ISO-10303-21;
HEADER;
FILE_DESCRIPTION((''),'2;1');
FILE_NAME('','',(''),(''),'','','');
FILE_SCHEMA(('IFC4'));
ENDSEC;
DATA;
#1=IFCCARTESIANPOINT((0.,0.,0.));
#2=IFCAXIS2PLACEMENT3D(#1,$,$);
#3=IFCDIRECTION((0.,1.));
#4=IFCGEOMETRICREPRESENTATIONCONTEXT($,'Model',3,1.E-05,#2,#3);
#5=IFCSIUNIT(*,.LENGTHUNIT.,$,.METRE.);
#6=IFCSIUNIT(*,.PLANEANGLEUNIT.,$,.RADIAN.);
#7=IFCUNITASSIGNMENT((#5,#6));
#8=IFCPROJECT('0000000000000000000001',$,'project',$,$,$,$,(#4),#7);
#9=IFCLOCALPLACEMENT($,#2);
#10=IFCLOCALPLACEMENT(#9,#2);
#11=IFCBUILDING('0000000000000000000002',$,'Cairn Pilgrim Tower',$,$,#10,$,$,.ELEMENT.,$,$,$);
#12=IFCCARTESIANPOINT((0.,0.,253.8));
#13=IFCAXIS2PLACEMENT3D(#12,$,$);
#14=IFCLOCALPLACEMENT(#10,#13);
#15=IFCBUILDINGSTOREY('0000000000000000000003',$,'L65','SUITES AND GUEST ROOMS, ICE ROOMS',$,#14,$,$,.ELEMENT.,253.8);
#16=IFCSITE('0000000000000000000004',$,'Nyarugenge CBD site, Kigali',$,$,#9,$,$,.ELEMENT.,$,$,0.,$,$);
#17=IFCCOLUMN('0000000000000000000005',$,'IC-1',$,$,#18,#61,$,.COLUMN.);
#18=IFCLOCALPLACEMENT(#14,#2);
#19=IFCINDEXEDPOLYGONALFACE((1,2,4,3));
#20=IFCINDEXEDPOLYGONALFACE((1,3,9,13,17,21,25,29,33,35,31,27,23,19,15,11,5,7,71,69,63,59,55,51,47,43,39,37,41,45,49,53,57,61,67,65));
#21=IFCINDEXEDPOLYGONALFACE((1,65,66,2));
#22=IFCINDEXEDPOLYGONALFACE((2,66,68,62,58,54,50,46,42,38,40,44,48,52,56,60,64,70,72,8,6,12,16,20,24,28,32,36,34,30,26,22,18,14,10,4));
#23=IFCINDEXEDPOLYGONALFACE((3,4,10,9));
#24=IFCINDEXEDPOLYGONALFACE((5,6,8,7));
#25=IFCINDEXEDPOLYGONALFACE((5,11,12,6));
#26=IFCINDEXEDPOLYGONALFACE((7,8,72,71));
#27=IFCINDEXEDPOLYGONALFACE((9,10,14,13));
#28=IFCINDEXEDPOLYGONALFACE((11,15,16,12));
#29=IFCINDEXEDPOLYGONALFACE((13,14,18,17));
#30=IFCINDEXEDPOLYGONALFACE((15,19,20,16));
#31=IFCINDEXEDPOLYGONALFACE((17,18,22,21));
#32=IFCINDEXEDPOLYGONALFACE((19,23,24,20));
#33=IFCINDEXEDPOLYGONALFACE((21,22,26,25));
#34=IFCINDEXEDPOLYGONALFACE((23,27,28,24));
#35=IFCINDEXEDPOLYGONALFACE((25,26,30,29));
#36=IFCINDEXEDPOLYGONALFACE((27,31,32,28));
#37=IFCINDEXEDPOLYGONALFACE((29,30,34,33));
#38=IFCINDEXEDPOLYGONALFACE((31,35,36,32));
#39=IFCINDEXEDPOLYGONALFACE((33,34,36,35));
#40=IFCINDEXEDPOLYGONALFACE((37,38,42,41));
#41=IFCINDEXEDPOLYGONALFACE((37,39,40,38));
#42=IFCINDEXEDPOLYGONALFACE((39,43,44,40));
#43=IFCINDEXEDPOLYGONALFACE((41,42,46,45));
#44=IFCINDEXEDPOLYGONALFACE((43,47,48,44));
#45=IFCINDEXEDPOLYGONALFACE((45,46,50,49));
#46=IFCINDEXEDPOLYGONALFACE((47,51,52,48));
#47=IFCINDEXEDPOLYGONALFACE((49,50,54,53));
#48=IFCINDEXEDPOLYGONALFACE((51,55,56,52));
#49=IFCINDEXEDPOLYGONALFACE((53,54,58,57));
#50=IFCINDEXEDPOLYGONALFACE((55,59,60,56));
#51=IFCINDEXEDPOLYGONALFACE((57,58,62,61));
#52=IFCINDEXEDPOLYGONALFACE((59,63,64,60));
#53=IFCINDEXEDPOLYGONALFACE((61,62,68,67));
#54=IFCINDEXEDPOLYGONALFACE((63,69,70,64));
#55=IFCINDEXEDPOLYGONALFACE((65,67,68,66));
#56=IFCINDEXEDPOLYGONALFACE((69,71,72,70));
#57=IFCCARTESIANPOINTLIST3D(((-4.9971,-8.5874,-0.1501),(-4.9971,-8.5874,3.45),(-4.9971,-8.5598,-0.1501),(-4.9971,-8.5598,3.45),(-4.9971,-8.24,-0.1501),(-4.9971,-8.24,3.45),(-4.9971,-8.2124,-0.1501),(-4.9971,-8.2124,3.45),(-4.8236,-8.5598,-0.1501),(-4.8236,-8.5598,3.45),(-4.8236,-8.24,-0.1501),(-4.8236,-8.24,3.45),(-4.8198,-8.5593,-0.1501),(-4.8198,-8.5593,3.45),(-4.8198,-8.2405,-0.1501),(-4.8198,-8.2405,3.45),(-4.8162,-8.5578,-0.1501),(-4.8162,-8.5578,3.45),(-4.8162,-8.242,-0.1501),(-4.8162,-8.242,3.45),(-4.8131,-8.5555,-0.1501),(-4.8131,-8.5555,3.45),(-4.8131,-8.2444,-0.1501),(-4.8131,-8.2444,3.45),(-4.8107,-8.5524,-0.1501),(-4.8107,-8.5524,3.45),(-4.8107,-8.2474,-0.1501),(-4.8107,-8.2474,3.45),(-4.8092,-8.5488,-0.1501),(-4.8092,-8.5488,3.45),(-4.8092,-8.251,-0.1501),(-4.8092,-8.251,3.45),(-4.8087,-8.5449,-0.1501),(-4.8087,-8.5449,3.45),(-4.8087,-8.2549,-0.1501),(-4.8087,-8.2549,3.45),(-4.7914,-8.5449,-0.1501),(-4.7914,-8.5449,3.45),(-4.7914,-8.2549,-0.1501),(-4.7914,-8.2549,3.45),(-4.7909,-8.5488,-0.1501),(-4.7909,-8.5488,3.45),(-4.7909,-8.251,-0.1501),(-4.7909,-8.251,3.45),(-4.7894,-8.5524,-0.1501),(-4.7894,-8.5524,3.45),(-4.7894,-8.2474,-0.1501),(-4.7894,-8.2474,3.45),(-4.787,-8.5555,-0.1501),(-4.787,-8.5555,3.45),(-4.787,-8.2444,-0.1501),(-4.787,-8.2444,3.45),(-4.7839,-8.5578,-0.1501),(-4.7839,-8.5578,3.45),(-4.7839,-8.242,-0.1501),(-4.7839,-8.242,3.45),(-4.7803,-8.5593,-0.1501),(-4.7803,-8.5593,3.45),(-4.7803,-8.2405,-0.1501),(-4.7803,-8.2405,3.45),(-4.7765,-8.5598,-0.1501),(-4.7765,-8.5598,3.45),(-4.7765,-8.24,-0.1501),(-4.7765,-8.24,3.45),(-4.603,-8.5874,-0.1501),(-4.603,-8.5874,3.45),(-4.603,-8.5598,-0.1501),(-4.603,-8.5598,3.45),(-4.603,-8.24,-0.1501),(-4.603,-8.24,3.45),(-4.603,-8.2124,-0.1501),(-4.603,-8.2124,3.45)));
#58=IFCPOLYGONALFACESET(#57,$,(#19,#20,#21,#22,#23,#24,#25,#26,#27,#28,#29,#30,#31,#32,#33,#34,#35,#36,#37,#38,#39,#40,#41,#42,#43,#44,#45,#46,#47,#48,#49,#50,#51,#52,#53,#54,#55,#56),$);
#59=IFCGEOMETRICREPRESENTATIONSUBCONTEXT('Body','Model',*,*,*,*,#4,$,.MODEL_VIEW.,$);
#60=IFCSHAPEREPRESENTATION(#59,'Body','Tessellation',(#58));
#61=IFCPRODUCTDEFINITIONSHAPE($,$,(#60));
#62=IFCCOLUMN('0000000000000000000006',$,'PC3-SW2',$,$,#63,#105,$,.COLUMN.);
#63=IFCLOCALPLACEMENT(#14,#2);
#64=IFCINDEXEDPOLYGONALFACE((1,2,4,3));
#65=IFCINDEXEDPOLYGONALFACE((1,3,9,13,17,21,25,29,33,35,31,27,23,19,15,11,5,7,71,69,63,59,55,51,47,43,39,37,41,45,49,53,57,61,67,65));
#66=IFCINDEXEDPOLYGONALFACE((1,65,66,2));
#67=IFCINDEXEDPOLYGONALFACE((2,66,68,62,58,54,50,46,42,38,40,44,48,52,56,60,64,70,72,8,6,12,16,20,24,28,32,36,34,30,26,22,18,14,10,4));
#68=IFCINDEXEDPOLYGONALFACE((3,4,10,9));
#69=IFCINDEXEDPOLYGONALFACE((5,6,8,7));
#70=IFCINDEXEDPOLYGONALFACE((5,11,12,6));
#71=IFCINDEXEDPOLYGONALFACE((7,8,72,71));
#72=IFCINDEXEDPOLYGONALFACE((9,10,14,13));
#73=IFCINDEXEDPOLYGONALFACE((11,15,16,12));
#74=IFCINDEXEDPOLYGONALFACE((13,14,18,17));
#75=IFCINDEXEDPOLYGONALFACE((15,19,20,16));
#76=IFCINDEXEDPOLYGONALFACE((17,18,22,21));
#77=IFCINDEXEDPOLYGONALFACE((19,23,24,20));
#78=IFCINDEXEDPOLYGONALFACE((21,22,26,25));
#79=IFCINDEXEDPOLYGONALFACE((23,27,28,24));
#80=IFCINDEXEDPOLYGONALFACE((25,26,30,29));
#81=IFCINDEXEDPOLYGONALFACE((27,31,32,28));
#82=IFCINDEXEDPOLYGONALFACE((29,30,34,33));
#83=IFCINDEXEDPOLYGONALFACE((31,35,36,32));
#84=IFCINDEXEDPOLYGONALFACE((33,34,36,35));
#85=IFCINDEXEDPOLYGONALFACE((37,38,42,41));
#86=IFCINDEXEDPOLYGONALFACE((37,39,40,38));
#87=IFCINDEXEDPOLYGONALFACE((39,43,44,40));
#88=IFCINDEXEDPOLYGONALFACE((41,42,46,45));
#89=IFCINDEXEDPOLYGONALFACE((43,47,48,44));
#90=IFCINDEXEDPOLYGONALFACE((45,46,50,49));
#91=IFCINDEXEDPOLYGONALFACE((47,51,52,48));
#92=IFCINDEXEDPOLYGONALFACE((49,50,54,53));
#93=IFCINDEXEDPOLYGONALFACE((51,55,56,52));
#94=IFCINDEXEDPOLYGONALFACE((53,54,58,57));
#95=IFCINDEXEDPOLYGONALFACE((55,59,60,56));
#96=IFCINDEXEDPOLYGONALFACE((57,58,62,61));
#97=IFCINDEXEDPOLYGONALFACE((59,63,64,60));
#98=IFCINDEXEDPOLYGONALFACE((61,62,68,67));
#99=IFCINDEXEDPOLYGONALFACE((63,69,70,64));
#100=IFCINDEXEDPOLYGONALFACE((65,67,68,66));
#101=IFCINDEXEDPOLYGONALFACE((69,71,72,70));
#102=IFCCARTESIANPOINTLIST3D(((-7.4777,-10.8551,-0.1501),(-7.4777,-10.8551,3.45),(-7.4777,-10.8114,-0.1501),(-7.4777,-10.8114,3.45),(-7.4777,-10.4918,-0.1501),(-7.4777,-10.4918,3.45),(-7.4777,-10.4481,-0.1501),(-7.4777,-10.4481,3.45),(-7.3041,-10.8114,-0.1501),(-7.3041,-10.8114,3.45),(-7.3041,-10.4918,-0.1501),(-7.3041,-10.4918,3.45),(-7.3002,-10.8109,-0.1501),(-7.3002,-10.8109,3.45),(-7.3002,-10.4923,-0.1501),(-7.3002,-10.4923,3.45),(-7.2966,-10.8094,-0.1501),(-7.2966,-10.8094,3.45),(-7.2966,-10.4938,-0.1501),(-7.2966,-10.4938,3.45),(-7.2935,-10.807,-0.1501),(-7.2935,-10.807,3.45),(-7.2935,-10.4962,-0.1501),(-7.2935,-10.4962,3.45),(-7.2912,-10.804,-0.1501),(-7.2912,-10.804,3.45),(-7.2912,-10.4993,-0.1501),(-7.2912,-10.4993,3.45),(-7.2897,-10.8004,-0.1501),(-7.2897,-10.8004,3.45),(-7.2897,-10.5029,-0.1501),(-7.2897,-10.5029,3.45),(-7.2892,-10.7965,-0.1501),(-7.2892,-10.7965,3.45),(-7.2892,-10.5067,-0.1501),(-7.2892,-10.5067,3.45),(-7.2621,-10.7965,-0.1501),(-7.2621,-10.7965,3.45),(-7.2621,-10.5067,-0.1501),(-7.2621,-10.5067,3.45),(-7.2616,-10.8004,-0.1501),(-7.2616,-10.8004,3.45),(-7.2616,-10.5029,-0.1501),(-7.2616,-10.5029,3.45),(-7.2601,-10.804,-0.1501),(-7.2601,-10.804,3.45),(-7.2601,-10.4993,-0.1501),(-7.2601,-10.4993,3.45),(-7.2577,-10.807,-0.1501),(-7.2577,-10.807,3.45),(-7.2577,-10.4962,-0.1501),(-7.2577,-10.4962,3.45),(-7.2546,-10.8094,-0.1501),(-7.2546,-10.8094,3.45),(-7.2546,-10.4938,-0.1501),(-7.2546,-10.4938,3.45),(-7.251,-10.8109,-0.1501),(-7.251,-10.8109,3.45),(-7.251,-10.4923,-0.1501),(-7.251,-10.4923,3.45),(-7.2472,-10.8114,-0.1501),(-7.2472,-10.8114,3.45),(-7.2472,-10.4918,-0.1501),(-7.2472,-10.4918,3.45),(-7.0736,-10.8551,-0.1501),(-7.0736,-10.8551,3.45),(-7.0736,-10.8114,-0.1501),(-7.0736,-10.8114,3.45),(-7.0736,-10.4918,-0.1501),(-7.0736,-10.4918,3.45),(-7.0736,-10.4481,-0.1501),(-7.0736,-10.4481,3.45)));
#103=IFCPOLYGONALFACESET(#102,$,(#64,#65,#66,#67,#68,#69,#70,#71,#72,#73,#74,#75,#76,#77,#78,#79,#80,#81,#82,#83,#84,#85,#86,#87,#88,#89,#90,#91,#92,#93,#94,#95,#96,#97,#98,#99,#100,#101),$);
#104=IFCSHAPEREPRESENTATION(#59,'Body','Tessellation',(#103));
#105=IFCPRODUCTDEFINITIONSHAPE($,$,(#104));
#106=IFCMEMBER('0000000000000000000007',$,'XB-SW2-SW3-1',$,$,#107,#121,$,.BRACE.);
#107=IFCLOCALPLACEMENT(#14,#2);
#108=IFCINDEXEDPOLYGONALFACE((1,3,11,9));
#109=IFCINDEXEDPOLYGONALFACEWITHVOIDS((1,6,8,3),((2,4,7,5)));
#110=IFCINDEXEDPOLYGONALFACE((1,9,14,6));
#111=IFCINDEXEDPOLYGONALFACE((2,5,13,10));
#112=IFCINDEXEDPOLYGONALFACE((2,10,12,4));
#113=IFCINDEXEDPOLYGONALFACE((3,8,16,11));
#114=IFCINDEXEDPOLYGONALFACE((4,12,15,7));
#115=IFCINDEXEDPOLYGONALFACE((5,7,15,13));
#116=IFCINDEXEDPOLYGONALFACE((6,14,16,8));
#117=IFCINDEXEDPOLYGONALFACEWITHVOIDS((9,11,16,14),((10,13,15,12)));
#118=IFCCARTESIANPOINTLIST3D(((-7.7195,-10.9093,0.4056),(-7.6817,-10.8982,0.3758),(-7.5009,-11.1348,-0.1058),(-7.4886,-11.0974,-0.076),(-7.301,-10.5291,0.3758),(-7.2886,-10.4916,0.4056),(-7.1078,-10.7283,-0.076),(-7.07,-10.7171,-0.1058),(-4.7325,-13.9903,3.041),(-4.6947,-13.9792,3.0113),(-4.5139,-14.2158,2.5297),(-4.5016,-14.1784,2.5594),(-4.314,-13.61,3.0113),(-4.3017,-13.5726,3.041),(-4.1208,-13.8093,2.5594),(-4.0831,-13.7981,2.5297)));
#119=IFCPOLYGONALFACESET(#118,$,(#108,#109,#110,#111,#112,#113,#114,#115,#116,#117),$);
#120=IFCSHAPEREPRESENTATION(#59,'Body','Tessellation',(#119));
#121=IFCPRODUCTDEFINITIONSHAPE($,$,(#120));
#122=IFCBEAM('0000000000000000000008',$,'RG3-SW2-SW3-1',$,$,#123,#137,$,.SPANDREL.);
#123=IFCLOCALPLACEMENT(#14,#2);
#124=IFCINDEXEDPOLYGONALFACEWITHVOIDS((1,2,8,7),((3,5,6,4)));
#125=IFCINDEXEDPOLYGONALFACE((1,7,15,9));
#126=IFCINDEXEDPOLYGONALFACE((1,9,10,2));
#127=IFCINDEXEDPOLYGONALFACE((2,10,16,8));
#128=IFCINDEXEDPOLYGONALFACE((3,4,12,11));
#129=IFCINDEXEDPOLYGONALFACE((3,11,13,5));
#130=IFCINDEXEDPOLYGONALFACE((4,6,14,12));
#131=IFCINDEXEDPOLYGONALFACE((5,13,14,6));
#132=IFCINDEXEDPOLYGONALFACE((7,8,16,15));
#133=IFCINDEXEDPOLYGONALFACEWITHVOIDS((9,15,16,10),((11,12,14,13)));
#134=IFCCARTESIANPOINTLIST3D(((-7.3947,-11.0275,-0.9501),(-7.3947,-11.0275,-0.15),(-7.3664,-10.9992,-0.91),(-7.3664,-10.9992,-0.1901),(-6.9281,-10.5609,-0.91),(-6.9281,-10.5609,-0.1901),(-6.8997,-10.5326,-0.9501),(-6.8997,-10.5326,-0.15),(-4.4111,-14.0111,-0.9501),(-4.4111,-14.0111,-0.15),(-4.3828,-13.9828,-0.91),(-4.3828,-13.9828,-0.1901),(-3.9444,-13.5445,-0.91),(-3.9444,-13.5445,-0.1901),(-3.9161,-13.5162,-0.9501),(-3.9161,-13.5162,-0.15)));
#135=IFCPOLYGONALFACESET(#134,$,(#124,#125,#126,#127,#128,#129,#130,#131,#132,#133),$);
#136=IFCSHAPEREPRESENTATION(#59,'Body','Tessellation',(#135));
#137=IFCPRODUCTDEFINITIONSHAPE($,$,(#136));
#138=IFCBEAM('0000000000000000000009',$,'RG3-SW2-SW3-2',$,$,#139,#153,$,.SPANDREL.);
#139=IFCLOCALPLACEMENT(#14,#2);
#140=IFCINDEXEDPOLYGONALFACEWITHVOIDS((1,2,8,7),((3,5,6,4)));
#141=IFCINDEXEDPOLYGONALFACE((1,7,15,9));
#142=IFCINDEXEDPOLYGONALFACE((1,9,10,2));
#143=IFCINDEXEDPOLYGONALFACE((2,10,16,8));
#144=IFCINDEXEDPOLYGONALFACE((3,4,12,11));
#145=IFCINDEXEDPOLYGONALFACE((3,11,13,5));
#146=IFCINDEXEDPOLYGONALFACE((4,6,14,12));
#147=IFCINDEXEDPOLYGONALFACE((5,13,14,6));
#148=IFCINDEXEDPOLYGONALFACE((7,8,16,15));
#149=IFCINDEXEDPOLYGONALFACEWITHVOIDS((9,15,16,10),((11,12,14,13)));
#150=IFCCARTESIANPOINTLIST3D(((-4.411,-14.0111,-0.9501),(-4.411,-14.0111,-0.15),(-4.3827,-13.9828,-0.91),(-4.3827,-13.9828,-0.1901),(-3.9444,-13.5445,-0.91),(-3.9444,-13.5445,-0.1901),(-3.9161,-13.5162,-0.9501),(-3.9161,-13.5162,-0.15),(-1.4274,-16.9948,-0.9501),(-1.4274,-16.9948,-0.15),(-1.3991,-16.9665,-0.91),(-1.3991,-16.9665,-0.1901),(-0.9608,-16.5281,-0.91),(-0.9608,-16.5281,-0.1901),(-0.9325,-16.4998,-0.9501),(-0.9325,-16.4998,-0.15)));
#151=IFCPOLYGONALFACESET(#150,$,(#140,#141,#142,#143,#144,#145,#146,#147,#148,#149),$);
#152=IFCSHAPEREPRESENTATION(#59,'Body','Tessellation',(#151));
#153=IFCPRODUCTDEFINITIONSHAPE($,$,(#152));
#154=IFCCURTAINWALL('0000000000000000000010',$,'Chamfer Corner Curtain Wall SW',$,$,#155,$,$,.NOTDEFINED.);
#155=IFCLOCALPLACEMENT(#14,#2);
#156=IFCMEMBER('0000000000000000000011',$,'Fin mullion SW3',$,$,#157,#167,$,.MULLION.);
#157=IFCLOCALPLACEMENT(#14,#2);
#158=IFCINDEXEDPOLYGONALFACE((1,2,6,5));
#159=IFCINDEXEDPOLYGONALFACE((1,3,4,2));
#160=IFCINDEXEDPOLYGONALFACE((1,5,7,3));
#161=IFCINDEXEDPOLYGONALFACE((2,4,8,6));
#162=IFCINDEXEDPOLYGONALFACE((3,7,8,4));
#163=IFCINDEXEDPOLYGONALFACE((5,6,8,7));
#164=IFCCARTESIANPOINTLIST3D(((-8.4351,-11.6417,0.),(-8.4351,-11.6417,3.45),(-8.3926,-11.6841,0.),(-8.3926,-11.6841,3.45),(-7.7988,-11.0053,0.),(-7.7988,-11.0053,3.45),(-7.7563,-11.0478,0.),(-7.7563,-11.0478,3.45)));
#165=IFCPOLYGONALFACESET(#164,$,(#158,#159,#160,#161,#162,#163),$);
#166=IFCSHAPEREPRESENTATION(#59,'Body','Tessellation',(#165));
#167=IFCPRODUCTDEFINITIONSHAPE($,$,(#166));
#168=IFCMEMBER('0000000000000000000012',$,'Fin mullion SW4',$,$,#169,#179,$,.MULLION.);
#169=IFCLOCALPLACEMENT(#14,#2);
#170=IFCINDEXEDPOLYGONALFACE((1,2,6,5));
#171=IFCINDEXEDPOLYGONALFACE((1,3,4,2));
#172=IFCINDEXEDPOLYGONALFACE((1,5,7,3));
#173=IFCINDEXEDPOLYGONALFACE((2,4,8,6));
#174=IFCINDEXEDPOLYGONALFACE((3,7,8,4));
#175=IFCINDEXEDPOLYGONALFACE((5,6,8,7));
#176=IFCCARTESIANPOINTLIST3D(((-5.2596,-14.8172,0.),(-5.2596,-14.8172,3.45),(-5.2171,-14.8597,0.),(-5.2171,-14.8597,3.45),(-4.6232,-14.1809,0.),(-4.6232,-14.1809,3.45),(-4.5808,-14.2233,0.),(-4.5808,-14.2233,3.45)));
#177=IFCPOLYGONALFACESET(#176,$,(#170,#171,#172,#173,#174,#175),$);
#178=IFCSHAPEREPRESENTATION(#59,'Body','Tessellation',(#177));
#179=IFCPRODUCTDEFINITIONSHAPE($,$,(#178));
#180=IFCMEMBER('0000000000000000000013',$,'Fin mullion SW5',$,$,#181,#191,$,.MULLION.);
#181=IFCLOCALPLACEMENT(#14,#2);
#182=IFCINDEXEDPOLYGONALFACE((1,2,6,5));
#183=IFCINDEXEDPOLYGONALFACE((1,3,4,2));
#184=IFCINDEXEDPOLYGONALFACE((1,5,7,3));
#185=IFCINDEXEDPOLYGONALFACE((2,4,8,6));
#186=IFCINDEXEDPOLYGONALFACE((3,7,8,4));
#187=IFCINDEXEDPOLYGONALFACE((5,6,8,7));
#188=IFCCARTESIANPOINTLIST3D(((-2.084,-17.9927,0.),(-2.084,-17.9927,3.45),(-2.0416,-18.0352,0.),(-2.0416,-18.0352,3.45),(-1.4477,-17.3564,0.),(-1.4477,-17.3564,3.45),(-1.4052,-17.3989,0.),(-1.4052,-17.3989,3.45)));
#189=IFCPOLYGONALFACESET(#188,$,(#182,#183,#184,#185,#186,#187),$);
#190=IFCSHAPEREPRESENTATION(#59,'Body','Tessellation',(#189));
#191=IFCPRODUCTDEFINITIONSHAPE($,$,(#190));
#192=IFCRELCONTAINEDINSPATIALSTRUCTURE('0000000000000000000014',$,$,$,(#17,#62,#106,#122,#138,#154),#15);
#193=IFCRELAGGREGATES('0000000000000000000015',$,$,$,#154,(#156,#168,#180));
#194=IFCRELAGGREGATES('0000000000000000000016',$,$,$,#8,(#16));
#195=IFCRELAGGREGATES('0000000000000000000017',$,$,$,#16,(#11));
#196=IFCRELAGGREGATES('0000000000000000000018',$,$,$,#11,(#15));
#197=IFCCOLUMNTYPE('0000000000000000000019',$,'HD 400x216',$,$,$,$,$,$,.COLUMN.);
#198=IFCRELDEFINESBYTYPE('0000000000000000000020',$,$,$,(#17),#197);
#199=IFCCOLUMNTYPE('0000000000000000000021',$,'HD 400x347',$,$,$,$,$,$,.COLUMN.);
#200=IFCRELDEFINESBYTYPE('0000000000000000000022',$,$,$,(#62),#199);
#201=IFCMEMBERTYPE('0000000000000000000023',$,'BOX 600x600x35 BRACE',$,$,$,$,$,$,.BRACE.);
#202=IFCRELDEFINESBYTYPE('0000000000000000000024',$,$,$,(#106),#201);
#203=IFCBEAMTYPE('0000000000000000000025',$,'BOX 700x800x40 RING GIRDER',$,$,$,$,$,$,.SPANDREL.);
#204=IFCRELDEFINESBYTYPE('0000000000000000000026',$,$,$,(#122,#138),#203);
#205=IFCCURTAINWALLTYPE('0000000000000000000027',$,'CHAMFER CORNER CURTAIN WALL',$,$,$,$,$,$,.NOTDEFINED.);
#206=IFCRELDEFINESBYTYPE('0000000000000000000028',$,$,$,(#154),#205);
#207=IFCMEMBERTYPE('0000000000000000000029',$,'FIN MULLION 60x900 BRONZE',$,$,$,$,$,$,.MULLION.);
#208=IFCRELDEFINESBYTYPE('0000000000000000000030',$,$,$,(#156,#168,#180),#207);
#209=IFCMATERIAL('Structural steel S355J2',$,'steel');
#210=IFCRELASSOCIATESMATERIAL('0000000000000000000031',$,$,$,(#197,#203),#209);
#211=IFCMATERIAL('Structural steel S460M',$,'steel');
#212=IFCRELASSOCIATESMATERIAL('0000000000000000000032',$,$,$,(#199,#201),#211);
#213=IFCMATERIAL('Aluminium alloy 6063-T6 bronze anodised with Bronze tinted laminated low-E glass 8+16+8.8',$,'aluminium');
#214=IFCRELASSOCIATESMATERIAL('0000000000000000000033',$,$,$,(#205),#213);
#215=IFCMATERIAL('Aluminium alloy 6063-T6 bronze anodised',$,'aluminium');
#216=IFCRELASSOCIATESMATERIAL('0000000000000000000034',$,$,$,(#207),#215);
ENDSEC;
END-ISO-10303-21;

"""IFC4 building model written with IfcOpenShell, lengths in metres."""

from ifc_helpers import new_model, si_unit, direction, frame, origin, origin_2d, place, context, subcontext, project, spatial, rectangle, hollow_rectangle, i_section, extrude, material, material_profile, profile_set, type_object, element, aggregate, save


model = new_model("IFC4")

# Units and contexts
model_context = context("Model", 3, precision=1e-05, world=origin(), true_north=direction((0.0, 1.0)))
body_context = subcontext(model_context, "Body", "Model", "MODEL_VIEW")
ifc_project = project(units=[si_unit("LENGTHUNIT", "METRE"), si_unit("PLANEANGLEUNIT", "RADIAN")], contexts=[model_context])

# Site, building, storey
site_placement = place(None, origin())
site = spatial("IfcSite", under=ifc_project, at=site_placement, Name="Nyarugenge CBD site, Kigali", CompositionType="ELEMENT", RefElevation=0.0)
building_placement = place(site_placement, origin())
building = spatial("IfcBuilding", under=site, at=building_placement, Name="Cairn Pilgrim Tower", CompositionType="ELEMENT")
storey_placement = place(building_placement, frame((0.0, 0.0, 253.8)))
storey = spatial("IfcBuildingStorey", under=building, at=storey_placement, Name="L65", Description="SUITES AND GUEST ROOMS, ICE ROOMS", CompositionType="ELEMENT", Elevation=253.8)

# Columns
ifc_material_1 = material(Name="Structural steel S355J2", Category="steel")
ifc_material_profile_1 = material_profile(ifc_material_1, i_section(OverallWidth=0.394, OverallDepth=0.375, WebThickness=0.0173, FlangeThickness=0.0276, FilletRadius=0.0149, at=origin_2d()), Name="HD 400x216")
ifc_profile_set_1 = profile_set([ifc_material_profile_1], Name="Structural steel S355J2")
column_type_1 = type_object("IfcColumnType", Name="HD 400x216", PredefinedType="COLUMN", material=ifc_profile_set_1)
column_1_placement = place(storey_placement, frame((-4.8, -8.3999, -0.1501), z_axis=(0.0, 0.0, 1.0), x_axis=(1.0, 0.0, 0.0)))
element("IfcColumn", 1, at=column_1_placement, inside=storey, type_object=column_type_1, Name="IC-1", PredefinedType="COLUMN", context=body_context, shape_type="SweptSolid", body=[
    extrude(i_section(OverallWidth=0.394, OverallDepth=0.375, WebThickness=0.0173, FlangeThickness=0.0276, FilletRadius=0.0149, at=origin_2d()), origin(), (0.0, 0.0, 1.0), 3.6001),
])
ifc_material_2 = material(Name="Structural steel S460M", Category="steel")
ifc_material_profile_2 = material_profile(ifc_material_2, i_section(OverallWidth=0.4041, OverallDepth=0.407, WebThickness=0.0271, FlangeThickness=0.0437, FilletRadius=0.0149, at=origin_2d()), Name="HD 400x347")
ifc_profile_set_2 = profile_set([ifc_material_profile_2], Name="Structural steel S460M")
column_type_2 = type_object("IfcColumnType", Name="HD 400x347", PredefinedType="COLUMN", material=ifc_profile_set_2)
column_2_placement = place(storey_placement, frame((-7.2756, -10.6516, -0.1501), z_axis=(0.0, 0.0, 1.0), x_axis=(1.0, 0.0, 0.0)))
element("IfcColumn", 2, at=column_2_placement, inside=storey, type_object=column_type_2, Name="PC3-SW2", PredefinedType="COLUMN", context=body_context, shape_type="SweptSolid", body=[
    extrude(i_section(OverallWidth=0.4041, OverallDepth=0.407, WebThickness=0.0271, FlangeThickness=0.0437, FilletRadius=0.0149, at=origin_2d()), origin(), (0.0, 0.0, 1.0), 3.6001),
])

# Member
ifc_material_profile_3 = material_profile(ifc_material_2, hollow_rectangle(XDim=0.6001, YDim=0.6001, WallThickness=0.0349, at=origin_2d()), Name="BOX 600x600x35")
ifc_profile_set_3 = profile_set([ifc_material_profile_3], Name="Structural steel S460M")
member_type_1 = type_object("IfcMemberType", Name="BOX 600x600x35 BRACE", PredefinedType="BRACE", material=ifc_profile_set_3)
member_1_placement = place(storey_placement, frame((-7.3948, -10.8132, 0.1499), z_axis=(0.593142, -0.611806, 0.523332), x_axis=(0.717974, 0.69607, 0.0)))
element("IfcMember", 3, at=member_1_placement, inside=storey, type_object=member_type_1, Name="XB-SW2-SW3-1", PredefinedType="BRACE", context=body_context, shape_type="SweptSolid", body=[
    extrude(hollow_rectangle(XDim=0.6001, YDim=0.6001, WallThickness=0.0349, at=origin_2d()), origin(), (0.0, 0.0, 1.0), 5.0359),
])

# Beams
ifc_material_profile_4 = material_profile(ifc_material_1, hollow_rectangle(XDim=0.7, YDim=0.8, WallThickness=0.04, at=origin_2d()), Name="BOX 700x800x40")
ifc_profile_set_4 = profile_set([ifc_material_profile_4], Name="Structural steel S355J2")
beam_type_1 = type_object("IfcBeamType", Name="BOX 700x800x40 RING GIRDER", PredefinedType="SPANDREL", material=ifc_profile_set_4)
for number, where, z_axis, x_axis, name in (
    (4, (-7.1472, -10.78, -0.55), (0.707107, -0.707107, 0.0), (0.707107, 0.707107, 0.0), "RG3-SW2-SW3-1"),
    (5, (-4.1636, -13.7637, -0.55), (0.707107, -0.707107, 0.0), (0.707107, 0.707107, 0.0), "RG3-SW2-SW3-2"),
):
    element("IfcBeam", number, at=place(storey_placement, frame(where, z_axis=z_axis, x_axis=x_axis)), inside=storey, type_object=beam_type_1, Name=name, PredefinedType="SPANDREL", context=body_context, shape_type="SweptSolid", body=[
        extrude(hollow_rectangle(XDim=0.7, YDim=0.8, WallThickness=0.04, at=origin_2d()), origin(), (0.0, 0.0, 1.0), 4.2195),
    ])

# Curtain wall, members
ifc_material_3 = material(Name="Aluminium alloy 6063-T6 bronze anodised with Bronze tinted laminated low-E glass 8+16+8.8", Category="aluminium")
curtain_wall_type = type_object("IfcCurtainWallType", Name="CHAMFER CORNER CURTAIN WALL", PredefinedType="NOTDEFINED", material=ifc_material_3)
curtain_wall_placement = place(storey_placement, origin())
curtain_wall = element("IfcCurtainWall", 6, at=curtain_wall_placement, inside=storey, type_object=curtain_wall_type, Name="Chamfer Corner Curtain Wall SW", PredefinedType="NOTDEFINED")
ifc_material_4 = material(Name="Aluminium alloy 6063-T6 bronze anodised", Category="aluminium")
ifc_material_profile_5 = material_profile(ifc_material_4, rectangle(XDim=0.8999, YDim=0.0601, at=origin_2d()), Name="FIN MULLION 60x900 BRONZE")
ifc_profile_set_5 = profile_set([ifc_material_profile_5], Name="Aluminium alloy 6063-T6 bronze anodised")
member_type_2 = type_object("IfcMemberType", Name="FIN MULLION 60x900 BRONZE", PredefinedType="MULLION", material=ifc_profile_set_5)
member_2_placement = place(storey_placement, frame((-8.0957, -11.3447, 0.0), z_axis=(0.0, 0.0, 1.0), x_axis=(-0.707107, -0.707107, 0.0)))
member_2 = element("IfcMember", 7, at=member_2_placement, type_object=member_type_2, Name="Fin mullion SW3", PredefinedType="MULLION", context=body_context, shape_type="SweptSolid", body=[
    extrude(rectangle(XDim=0.8999, YDim=0.0601, at=origin_2d()), origin(), (0.0, 0.0, 1.0), 3.45),
])
member_3_placement = place(storey_placement, frame((-4.9202, -14.5203, 0.0), z_axis=(0.0, 0.0, 1.0), x_axis=(-0.707107, -0.707107, 0.0)))
member_3 = element("IfcMember", 8, at=member_3_placement, type_object=member_type_2, Name="Fin mullion SW4", PredefinedType="MULLION", context=body_context, shape_type="SweptSolid", body=[
    extrude(rectangle(XDim=0.8999, YDim=0.0601, at=origin_2d()), origin(), (0.0, 0.0, 1.0), 3.45),
])
member_4_placement = place(storey_placement, frame((-1.7446, -17.6958, 0.0), z_axis=(0.0, 0.0, 1.0), x_axis=(-0.707107, -0.707107, 0.0)))
member_4 = element("IfcMember", 9, at=member_4_placement, type_object=member_type_2, Name="Fin mullion SW5", PredefinedType="MULLION", context=body_context, shape_type="SweptSolid", body=[
    extrude(rectangle(XDim=0.8999, YDim=0.0601, at=origin_2d()), origin(), (0.0, 0.0, 1.0), 3.45),
])

aggregate(curtain_wall, [member_2, member_3, member_4])

save(model, "model.ifc")
